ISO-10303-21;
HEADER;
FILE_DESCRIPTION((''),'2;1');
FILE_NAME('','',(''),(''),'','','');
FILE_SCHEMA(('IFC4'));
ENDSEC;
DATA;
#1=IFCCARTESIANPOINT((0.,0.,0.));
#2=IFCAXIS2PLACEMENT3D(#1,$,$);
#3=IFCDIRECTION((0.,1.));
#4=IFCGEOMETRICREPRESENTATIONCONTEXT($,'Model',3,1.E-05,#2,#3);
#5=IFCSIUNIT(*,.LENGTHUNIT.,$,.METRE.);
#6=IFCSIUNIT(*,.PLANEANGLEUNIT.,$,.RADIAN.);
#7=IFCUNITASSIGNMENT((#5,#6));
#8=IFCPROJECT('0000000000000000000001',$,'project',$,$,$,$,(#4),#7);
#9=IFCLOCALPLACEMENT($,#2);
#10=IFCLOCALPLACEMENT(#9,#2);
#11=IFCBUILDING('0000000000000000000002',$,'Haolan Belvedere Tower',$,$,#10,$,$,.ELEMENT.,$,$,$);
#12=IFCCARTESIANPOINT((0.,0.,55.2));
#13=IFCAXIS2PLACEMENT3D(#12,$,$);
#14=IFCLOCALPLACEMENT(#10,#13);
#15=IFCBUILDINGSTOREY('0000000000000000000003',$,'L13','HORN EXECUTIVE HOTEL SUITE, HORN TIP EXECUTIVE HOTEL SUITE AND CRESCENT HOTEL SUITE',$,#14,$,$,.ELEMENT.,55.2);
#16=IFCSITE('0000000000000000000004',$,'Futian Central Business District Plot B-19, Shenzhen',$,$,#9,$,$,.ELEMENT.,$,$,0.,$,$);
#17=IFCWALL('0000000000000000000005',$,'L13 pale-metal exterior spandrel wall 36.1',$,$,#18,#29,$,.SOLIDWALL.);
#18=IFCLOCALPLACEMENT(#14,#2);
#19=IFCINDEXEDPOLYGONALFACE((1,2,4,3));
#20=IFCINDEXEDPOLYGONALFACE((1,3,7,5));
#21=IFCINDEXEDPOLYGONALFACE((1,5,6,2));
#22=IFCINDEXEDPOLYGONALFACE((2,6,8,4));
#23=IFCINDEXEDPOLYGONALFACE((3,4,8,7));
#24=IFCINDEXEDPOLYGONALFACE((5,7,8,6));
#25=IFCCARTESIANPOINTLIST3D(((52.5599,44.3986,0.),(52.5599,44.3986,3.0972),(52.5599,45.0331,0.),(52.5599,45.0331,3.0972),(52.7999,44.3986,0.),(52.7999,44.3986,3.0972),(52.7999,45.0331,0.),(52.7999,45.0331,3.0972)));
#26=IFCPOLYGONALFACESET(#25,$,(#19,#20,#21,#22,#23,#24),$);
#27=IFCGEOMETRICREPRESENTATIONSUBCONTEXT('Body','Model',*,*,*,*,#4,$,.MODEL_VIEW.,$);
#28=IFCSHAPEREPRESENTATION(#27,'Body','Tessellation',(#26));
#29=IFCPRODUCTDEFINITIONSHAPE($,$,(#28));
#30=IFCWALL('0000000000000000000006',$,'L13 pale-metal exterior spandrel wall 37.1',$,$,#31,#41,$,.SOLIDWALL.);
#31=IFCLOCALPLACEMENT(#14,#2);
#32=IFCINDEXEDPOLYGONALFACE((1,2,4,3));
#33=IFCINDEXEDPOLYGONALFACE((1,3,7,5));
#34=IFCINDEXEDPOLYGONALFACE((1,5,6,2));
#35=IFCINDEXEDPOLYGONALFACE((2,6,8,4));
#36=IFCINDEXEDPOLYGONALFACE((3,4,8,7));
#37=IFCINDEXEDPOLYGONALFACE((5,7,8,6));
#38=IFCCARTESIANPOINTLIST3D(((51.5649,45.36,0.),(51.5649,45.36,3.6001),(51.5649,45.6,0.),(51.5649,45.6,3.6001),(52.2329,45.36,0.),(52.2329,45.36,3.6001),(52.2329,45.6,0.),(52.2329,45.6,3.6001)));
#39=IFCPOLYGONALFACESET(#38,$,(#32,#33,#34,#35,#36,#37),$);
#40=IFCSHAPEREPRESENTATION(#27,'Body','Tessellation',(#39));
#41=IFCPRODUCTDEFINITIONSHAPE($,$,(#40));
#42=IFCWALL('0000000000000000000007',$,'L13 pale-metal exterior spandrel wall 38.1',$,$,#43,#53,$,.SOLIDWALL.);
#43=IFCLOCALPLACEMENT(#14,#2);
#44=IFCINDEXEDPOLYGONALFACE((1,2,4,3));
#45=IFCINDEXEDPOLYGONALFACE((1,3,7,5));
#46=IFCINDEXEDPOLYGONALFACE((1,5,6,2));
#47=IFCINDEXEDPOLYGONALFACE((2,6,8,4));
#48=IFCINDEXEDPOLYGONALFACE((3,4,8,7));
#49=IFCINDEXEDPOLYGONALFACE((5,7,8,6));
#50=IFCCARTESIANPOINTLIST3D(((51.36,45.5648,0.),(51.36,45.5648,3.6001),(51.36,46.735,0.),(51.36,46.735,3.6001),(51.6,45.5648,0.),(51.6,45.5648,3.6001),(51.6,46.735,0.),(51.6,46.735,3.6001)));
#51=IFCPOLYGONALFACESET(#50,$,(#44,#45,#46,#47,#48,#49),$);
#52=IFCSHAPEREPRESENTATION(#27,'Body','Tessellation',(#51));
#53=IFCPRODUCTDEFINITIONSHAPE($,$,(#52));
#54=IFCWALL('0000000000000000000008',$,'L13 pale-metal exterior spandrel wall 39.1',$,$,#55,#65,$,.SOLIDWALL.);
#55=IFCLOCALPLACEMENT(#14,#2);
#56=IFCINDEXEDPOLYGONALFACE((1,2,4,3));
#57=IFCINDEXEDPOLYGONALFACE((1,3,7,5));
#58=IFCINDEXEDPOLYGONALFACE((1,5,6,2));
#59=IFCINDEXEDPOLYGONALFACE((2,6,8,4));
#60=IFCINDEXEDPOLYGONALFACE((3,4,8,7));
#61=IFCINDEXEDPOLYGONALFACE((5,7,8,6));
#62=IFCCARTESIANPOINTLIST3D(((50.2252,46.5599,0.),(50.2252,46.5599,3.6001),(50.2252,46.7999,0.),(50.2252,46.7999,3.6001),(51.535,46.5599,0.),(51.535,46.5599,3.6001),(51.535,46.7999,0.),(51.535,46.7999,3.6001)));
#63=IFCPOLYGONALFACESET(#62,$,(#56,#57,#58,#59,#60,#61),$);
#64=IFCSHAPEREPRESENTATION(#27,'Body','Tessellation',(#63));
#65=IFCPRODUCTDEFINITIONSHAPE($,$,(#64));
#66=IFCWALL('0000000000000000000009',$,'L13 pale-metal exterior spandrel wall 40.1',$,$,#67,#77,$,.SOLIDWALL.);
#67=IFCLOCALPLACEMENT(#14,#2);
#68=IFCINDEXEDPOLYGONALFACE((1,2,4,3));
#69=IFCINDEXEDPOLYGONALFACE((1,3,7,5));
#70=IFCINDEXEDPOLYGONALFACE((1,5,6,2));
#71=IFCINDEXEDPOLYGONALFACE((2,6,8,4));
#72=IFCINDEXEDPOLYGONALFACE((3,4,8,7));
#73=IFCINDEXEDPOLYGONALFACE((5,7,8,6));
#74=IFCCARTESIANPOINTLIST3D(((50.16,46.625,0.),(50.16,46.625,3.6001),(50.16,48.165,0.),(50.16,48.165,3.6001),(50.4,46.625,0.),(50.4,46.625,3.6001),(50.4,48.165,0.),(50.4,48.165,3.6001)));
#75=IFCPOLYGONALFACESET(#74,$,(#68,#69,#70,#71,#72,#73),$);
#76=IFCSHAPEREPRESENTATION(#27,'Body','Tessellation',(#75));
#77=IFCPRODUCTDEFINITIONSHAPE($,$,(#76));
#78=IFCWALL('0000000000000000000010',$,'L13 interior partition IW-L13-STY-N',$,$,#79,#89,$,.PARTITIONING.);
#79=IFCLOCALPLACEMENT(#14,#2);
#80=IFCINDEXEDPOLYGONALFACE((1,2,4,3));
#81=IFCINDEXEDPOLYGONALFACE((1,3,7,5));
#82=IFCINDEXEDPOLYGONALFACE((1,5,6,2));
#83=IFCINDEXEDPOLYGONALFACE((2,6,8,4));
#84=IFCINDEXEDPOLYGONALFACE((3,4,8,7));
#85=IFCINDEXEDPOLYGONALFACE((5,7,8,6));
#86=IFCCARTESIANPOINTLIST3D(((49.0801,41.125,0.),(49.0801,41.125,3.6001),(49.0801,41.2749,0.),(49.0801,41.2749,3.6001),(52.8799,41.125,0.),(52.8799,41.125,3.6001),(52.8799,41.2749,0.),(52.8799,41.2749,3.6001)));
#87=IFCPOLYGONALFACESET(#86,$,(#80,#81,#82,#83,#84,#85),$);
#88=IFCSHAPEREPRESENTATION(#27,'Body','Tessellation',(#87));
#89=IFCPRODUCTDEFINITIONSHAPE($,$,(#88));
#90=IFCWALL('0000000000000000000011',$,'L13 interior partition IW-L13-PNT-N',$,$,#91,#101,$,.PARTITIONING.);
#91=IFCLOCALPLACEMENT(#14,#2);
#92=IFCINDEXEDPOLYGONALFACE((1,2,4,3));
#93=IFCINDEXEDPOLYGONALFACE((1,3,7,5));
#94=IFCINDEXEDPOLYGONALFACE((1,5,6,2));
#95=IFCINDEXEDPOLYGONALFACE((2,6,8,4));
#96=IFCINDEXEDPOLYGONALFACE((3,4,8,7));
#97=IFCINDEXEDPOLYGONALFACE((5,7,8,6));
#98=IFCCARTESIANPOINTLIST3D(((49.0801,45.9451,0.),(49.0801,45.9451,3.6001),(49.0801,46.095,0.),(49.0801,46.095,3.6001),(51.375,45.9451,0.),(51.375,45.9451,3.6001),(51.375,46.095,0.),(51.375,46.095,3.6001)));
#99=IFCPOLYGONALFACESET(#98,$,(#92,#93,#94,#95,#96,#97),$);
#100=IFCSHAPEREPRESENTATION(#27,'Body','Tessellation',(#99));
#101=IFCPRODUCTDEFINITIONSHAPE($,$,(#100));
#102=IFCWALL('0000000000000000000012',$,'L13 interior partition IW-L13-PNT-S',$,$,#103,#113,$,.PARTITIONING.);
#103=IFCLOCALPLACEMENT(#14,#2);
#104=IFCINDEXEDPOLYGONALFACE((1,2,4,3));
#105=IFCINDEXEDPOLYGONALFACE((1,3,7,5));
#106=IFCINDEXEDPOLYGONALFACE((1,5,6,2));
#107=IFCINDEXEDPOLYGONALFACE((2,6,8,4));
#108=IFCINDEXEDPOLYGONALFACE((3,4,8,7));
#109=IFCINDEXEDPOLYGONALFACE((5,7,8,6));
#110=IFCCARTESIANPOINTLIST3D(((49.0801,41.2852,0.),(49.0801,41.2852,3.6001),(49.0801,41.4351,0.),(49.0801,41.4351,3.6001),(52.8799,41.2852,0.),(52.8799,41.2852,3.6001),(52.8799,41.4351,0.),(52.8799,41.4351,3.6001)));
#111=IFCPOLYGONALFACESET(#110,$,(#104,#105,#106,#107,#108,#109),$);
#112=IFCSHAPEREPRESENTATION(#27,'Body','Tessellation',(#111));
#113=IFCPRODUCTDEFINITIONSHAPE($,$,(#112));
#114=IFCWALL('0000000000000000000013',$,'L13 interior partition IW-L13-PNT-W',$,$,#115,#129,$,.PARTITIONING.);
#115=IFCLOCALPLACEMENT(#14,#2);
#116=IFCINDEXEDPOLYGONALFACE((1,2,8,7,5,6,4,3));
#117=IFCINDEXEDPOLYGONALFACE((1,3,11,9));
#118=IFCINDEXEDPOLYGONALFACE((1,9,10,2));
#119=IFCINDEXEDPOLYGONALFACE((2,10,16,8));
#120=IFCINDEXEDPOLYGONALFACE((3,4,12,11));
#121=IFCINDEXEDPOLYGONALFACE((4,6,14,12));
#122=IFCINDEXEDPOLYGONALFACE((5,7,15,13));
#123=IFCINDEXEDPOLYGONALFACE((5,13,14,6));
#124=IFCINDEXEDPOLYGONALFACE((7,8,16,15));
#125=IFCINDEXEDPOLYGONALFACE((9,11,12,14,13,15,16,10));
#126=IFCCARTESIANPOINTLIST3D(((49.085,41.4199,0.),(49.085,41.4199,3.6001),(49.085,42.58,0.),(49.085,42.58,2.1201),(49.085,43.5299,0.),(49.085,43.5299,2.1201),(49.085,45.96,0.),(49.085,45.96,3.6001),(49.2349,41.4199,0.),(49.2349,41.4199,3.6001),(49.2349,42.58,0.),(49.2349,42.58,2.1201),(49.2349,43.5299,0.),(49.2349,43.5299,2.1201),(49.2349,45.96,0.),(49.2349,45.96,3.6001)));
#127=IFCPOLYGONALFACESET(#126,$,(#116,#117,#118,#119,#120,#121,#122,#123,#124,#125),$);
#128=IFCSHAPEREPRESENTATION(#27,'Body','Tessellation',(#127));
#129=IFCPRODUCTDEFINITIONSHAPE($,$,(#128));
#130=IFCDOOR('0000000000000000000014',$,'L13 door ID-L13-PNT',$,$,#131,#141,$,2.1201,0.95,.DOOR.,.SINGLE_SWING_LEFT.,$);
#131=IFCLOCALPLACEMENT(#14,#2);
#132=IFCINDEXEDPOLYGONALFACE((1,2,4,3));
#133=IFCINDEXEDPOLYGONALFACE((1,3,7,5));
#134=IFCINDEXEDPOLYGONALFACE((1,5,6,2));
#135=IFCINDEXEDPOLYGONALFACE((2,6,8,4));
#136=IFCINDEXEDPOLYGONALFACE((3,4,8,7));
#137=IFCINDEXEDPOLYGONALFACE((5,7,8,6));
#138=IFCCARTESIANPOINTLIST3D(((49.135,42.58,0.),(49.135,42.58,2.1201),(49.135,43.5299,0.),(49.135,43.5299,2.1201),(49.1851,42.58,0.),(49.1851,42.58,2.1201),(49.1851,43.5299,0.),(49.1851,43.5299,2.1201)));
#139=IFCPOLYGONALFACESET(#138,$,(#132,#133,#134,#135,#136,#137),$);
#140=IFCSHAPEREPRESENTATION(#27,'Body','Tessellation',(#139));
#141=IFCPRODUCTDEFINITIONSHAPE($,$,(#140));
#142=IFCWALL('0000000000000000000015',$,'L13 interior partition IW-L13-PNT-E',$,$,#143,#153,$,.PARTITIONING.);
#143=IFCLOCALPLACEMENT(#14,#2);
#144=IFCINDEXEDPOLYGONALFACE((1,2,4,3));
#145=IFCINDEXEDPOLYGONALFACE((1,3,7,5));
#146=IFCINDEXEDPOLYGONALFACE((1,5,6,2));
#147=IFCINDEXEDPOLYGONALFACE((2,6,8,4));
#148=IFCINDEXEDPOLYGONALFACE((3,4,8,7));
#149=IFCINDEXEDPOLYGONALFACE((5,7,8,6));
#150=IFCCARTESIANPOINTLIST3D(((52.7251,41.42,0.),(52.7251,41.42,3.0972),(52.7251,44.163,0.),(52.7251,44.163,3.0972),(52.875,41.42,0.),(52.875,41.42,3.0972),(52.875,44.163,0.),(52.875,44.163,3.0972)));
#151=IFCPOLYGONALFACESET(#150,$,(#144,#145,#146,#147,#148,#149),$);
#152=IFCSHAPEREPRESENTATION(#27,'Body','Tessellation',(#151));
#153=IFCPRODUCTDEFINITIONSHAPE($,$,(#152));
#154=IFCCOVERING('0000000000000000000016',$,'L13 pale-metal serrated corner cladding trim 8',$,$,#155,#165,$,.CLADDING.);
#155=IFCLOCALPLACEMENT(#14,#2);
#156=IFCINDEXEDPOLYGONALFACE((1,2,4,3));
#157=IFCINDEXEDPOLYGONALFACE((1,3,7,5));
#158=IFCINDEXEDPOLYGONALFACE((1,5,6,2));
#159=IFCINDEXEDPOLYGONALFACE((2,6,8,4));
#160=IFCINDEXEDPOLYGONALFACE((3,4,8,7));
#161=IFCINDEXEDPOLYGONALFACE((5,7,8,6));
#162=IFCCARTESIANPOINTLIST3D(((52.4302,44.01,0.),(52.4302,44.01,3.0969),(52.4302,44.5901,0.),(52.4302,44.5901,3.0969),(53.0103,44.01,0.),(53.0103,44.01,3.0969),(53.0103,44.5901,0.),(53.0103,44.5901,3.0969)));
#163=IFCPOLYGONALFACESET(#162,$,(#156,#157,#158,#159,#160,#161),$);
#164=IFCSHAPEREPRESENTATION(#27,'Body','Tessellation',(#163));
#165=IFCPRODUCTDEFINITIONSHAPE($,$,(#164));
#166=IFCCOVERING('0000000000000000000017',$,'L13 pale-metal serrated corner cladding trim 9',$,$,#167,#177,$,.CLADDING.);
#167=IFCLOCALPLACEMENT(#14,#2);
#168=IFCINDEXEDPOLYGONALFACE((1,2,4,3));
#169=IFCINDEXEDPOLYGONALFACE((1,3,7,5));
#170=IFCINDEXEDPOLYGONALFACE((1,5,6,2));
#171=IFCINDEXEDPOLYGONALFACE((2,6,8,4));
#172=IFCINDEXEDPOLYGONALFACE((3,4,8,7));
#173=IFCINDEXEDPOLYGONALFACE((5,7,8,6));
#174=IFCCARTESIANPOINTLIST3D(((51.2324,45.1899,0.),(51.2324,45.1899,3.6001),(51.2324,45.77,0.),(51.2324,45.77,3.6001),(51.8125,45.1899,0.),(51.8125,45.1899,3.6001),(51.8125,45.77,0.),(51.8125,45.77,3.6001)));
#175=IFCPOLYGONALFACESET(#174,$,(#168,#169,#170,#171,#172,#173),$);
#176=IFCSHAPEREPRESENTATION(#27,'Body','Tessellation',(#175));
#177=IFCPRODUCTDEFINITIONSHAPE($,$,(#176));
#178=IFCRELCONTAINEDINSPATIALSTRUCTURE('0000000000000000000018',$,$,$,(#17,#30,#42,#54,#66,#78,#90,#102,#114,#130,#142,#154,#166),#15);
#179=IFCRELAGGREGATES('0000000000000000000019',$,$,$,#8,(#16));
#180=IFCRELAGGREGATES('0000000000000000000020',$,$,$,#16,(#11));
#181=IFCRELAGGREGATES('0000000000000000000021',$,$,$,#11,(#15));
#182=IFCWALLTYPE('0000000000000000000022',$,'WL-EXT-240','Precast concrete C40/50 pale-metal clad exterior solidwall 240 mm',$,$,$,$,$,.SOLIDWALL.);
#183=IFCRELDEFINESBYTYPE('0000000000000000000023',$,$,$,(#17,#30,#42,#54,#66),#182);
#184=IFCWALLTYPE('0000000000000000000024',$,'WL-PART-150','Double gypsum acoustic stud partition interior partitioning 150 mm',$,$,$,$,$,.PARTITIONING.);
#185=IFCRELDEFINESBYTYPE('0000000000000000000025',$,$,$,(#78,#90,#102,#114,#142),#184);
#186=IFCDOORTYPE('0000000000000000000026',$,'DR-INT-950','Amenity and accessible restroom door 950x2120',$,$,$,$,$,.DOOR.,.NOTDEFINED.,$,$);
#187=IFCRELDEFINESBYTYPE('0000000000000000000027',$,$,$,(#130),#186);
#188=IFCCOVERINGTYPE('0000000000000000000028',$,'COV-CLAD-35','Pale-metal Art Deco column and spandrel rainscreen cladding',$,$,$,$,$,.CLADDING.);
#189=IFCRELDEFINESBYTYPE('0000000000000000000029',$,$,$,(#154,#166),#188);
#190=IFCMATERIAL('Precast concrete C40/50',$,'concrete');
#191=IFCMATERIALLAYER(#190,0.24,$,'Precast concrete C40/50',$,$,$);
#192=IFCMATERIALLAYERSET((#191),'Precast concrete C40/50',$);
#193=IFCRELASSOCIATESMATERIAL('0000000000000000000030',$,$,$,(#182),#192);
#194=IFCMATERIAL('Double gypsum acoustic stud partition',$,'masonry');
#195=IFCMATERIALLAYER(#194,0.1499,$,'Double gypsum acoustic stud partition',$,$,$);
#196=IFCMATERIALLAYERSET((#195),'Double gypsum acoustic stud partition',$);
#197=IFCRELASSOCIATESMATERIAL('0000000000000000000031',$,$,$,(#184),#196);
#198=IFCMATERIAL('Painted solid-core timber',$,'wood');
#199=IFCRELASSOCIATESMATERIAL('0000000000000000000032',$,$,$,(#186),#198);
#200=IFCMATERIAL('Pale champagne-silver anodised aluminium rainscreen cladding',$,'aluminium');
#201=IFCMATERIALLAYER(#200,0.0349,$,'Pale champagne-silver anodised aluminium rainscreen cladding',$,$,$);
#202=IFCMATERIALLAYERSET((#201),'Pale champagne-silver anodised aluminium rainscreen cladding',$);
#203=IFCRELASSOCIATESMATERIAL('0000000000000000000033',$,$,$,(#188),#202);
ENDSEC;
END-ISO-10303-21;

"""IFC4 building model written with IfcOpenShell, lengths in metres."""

from ifc_helpers import new_model, si_unit, direction, frame, frame_2d, origin, origin_2d, place, context, subcontext, project, spatial, rectangle, extrude, material, layer, layer_set, type_object, element, fill, save


model = new_model("IFC4")

# Units and contexts
model_context = context("Model", 3, precision=1e-05, world=origin(), true_north=direction((0.0, 1.0)))
body_context = subcontext(model_context, "Body", "Model", "MODEL_VIEW")
ifc_project = project(units=[si_unit("LENGTHUNIT", "METRE"), si_unit("PLANEANGLEUNIT", "RADIAN")], contexts=[model_context])

# Site, building, storey
site_placement = place(None, origin())
site = spatial("IfcSite", under=ifc_project, at=site_placement, Name="Futian Central Business District Plot B-19, Shenzhen", CompositionType="ELEMENT", RefElevation=0.0)
building_placement = place(site_placement, origin())
building = spatial("IfcBuilding", under=site, at=building_placement, Name="Haolan Belvedere Tower", CompositionType="ELEMENT")
storey_placement = place(building_placement, frame((0.0, 0.0, 55.2)))
storey = spatial("IfcBuildingStorey", under=building, at=storey_placement, Name="L13", Description="HORN EXECUTIVE HOTEL SUITE, HORN TIP EXECUTIVE HOTEL SUITE AND CRESCENT HOTEL SUITE", CompositionType="ELEMENT", Elevation=55.2)

# Shared definitions
ifc_material_1 = material(Name="Precast concrete C40/50", Category="concrete")
ifc_layer_1 = layer(ifc_material_1, 0.24, Name="Precast concrete C40/50")
ifc_layer_set_1 = layer_set([ifc_layer_1], Name="Precast concrete C40/50")
wall_type_1 = type_object("IfcWallType", Name="WL-EXT-240", Description="Precast concrete C40/50 pale-metal clad exterior solidwall 240 mm", PredefinedType="SOLIDWALL", material=ifc_layer_set_1)

# Walls
wall_1_placement = place(storey_placement, frame((52.6799, 44.3984, 0.0), z_axis=(0.0, 0.0, 1.0), x_axis=(0.0, 1.0, 0.0)))
element("IfcWall", 1, at=wall_1_placement, inside=storey, type_object=wall_type_1, Name="L13 pale-metal exterior spandrel wall 36.1", PredefinedType="SOLIDWALL", context=body_context, shape_type="SweptSolid", body=[
    extrude(rectangle(XDim=0.6345, YDim=0.24, at=frame_2d((0.3174, 0.0))), origin(), (0.0, 0.0, 1.0), 3.0972),
])
wall_2_placement = place(storey_placement, frame((52.2329, 45.48, 0.0), z_axis=(0.0, 0.0, 1.0), x_axis=(-1.0, 0.0, 0.0)))
element("IfcWall", 2, at=wall_2_placement, inside=storey, type_object=wall_type_1, Name="L13 pale-metal exterior spandrel wall 37.1", PredefinedType="SOLIDWALL", context=body_context, shape_type="SweptSolid", body=[
    extrude(rectangle(XDim=0.668, YDim=0.24, at=frame_2d((0.334, 0.0))), origin(), (0.0, 0.0, 1.0), 3.6001),
])
wall_3_placement = place(storey_placement, frame((51.48, 45.5649, 0.0), z_axis=(0.0, 0.0, 1.0), x_axis=(0.0, 1.0, 0.0)))
element("IfcWall", 3, at=wall_3_placement, inside=storey, type_object=wall_type_1, Name="L13 pale-metal exterior spandrel wall 38.1", PredefinedType="SOLIDWALL", context=body_context, shape_type="SweptSolid", body=[
    extrude(rectangle(XDim=1.1702, YDim=0.24, at=frame_2d((0.585, 0.0))), origin(), (0.0, 0.0, 1.0), 3.6001),
])
wall_4_placement = place(storey_placement, frame((51.5349, 46.6799, 0.0), z_axis=(0.0, 0.0, 1.0), x_axis=(-1.0, 0.0, 0.0)))
element("IfcWall", 4, at=wall_4_placement, inside=storey, type_object=wall_type_1, Name="L13 pale-metal exterior spandrel wall 39.1", PredefinedType="SOLIDWALL", context=body_context, shape_type="SweptSolid", body=[
    extrude(rectangle(XDim=1.3098, YDim=0.24, at=frame_2d((0.6548, 0.0))), origin(), (0.0, 0.0, 1.0), 3.6001),
])
wall_5_placement = place(storey_placement, frame((50.28, 46.625, 0.0), z_axis=(0.0, 0.0, 1.0), x_axis=(0.0, 1.0, 0.0)))
element("IfcWall", 5, at=wall_5_placement, inside=storey, type_object=wall_type_1, Name="L13 pale-metal exterior spandrel wall 40.1", PredefinedType="SOLIDWALL", context=body_context, shape_type="SweptSolid", body=[
    extrude(rectangle(XDim=1.54, YDim=0.24, at=frame_2d((0.77, 0.0))), origin(), (0.0, 0.0, 1.0), 3.6001),
])
ifc_material_2 = material(Name="Double gypsum acoustic stud partition", Category="masonry")
ifc_layer_2 = layer(ifc_material_2, 0.1499, Name="Double gypsum acoustic stud partition")
ifc_layer_set_2 = layer_set([ifc_layer_2], Name="Double gypsum acoustic stud partition")
wall_type_2 = type_object("IfcWallType", Name="WL-PART-150", Description="Double gypsum acoustic stud partition interior partitioning 150 mm", PredefinedType="PARTITIONING", material=ifc_layer_set_2)
wall_6_placement = place(storey_placement, frame((49.0801, 41.2, 0.0), z_axis=(0.0, 0.0, 1.0), x_axis=(1.0, 0.0, 0.0)))
element("IfcWall", 6, at=wall_6_placement, inside=storey, type_object=wall_type_2, Name="L13 interior partition IW-L13-STY-N", PredefinedType="PARTITIONING", context=body_context, shape_type="SweptSolid", body=[
    extrude(rectangle(XDim=3.7998, YDim=0.1499, at=frame_2d((1.8999, 0.0))), origin(), (0.0, 0.0, 1.0), 3.6001),
])
wall_7_placement = place(storey_placement, frame((49.0801, 46.02, 0.0), z_axis=(0.0, 0.0, 1.0), x_axis=(1.0, 0.0, 0.0)))
element("IfcWall", 7, at=wall_7_placement, inside=storey, type_object=wall_type_2, Name="L13 interior partition IW-L13-PNT-N", PredefinedType="PARTITIONING", context=body_context, shape_type="SweptSolid", body=[
    extrude(rectangle(XDim=2.2949, YDim=0.1499, at=frame_2d((1.1475, 0.0))), origin(), (0.0, 0.0, 1.0), 3.6001),
])
wall_8_placement = place(storey_placement, frame((49.0801, 41.3601, 0.0), z_axis=(0.0, 0.0, 1.0), x_axis=(1.0, 0.0, 0.0)))
element("IfcWall", 8, at=wall_8_placement, inside=storey, type_object=wall_type_2, Name="L13 interior partition IW-L13-PNT-S", PredefinedType="PARTITIONING", context=body_context, shape_type="SweptSolid", body=[
    extrude(rectangle(XDim=3.7998, YDim=0.1499, at=frame_2d((1.8999, 0.0))), origin(), (0.0, 0.0, 1.0), 3.6001),
])

# Wall, opening, door
wall_9_placement = place(storey_placement, frame((49.1599, 41.4199, 0.0), z_axis=(0.0, 0.0, 1.0), x_axis=(0.0, 1.0, 0.0)))
wall_9 = element("IfcWall", 9, at=wall_9_placement, inside=storey, type_object=wall_type_2, Name="L13 interior partition IW-L13-PNT-W", PredefinedType="PARTITIONING", context=body_context, shape_type="SweptSolid", body=[
    extrude(rectangle(XDim=4.54, YDim=0.1499, at=frame_2d((2.27, 0.0))), origin(), (0.0, 0.0, 1.0), 3.6001),
])
opening_1_placement = place(wall_9_placement, frame((1.1599, 0.0, 0.0)))
opening_1 = element("IfcOpeningElement", 10, at=opening_1_placement, cuts=wall_9, PredefinedType="OPENING", context=body_context, shape_type="SweptSolid", body=[
    extrude(rectangle(XDim=0.95, YDim=2.1201, at=frame_2d((0.4751, 1.0601))), frame((0.0, 0.085, 0.0), z_axis=(0.0, -1.0, 0.0), x_axis=(1.0, 0.0, 0.0)), (0.0, 0.0, 1.0), 0.1699),
])
ifc_material_3 = material(Name="Painted solid-core timber", Category="wood")
door_type = type_object("IfcDoorType", Name="DR-INT-950", Description="Amenity and accessible restroom door 950x2120", OperationType="NOTDEFINED", PredefinedType="DOOR", material=ifc_material_3)
door_placement = place(opening_1_placement, origin())
door = element("IfcDoor", 11, at=door_placement, inside=storey, type_object=door_type, Name="L13 door ID-L13-PNT", OperationType="SINGLE_SWING_LEFT", OverallHeight=2.1201, OverallWidth=0.95, PredefinedType="DOOR", context=body_context, shape_type="SweptSolid", body=[
    extrude(rectangle(XDim=0.95, YDim=2.1201, at=frame_2d((0.4751, 1.0601))), frame((0.0, 0.0249, 0.0), z_axis=(0.0, -1.0, 0.0), x_axis=(1.0, 0.0, 0.0)), (0.0, 0.0, 1.0), 0.05),
])
fill(opening_1, door)

# Wall
wall_10_placement = place(storey_placement, frame((52.8, 41.4199, 0.0), z_axis=(0.0, 0.0, 1.0), x_axis=(0.0, 1.0, 0.0)))
element("IfcWall", 12, at=wall_10_placement, inside=storey, type_object=wall_type_2, Name="L13 interior partition IW-L13-PNT-E", PredefinedType="PARTITIONING", context=body_context, shape_type="SweptSolid", body=[
    extrude(rectangle(XDim=2.7429, YDim=0.1499, at=frame_2d((1.3716, 0.0))), origin(), (0.0, 0.0, 1.0), 3.0972),
])

# Coverings
ifc_material_4 = material(Name="Pale champagne-silver anodised aluminium rainscreen cladding", Category="aluminium")
ifc_layer_3 = layer(ifc_material_4, 0.0349, Name="Pale champagne-silver anodised aluminium rainscreen cladding")
ifc_layer_set_3 = layer_set([ifc_layer_3], Name="Pale champagne-silver anodised aluminium rainscreen cladding")
covering_type = type_object("IfcCoveringType", Name="COV-CLAD-35", Description="Pale-metal Art Deco column and spandrel rainscreen cladding", PredefinedType="CLADDING", material=ifc_layer_set_3)
covering_1_placement = place(storey_placement, frame((52.7202, 44.3, 0.0), z_axis=(0.0, 0.0, 1.0), x_axis=(1.0, 0.0, 0.0)))
element("IfcCovering", 13, at=covering_1_placement, inside=storey, type_object=covering_type, Name="L13 pale-metal serrated corner cladding trim 8", PredefinedType="CLADDING", context=body_context, shape_type="SweptSolid", body=[
    extrude(rectangle(XDim=0.5801, YDim=0.5801, at=origin_2d()), origin(), (0.0, 0.0, 1.0), 3.0969),
])
covering_2_placement = place(storey_placement, frame((51.5225, 45.48, 0.0), z_axis=(0.0, 0.0, 1.0), x_axis=(1.0, 0.0, 0.0)))
element("IfcCovering", 14, at=covering_2_placement, inside=storey, type_object=covering_type, Name="L13 pale-metal serrated corner cladding trim 9", PredefinedType="CLADDING", context=body_context, shape_type="SweptSolid", body=[
    extrude(rectangle(XDim=0.5801, YDim=0.5801, at=origin_2d()), origin(), (0.0, 0.0, 1.0), 3.6001),
])

save(model, "model.ifc")
